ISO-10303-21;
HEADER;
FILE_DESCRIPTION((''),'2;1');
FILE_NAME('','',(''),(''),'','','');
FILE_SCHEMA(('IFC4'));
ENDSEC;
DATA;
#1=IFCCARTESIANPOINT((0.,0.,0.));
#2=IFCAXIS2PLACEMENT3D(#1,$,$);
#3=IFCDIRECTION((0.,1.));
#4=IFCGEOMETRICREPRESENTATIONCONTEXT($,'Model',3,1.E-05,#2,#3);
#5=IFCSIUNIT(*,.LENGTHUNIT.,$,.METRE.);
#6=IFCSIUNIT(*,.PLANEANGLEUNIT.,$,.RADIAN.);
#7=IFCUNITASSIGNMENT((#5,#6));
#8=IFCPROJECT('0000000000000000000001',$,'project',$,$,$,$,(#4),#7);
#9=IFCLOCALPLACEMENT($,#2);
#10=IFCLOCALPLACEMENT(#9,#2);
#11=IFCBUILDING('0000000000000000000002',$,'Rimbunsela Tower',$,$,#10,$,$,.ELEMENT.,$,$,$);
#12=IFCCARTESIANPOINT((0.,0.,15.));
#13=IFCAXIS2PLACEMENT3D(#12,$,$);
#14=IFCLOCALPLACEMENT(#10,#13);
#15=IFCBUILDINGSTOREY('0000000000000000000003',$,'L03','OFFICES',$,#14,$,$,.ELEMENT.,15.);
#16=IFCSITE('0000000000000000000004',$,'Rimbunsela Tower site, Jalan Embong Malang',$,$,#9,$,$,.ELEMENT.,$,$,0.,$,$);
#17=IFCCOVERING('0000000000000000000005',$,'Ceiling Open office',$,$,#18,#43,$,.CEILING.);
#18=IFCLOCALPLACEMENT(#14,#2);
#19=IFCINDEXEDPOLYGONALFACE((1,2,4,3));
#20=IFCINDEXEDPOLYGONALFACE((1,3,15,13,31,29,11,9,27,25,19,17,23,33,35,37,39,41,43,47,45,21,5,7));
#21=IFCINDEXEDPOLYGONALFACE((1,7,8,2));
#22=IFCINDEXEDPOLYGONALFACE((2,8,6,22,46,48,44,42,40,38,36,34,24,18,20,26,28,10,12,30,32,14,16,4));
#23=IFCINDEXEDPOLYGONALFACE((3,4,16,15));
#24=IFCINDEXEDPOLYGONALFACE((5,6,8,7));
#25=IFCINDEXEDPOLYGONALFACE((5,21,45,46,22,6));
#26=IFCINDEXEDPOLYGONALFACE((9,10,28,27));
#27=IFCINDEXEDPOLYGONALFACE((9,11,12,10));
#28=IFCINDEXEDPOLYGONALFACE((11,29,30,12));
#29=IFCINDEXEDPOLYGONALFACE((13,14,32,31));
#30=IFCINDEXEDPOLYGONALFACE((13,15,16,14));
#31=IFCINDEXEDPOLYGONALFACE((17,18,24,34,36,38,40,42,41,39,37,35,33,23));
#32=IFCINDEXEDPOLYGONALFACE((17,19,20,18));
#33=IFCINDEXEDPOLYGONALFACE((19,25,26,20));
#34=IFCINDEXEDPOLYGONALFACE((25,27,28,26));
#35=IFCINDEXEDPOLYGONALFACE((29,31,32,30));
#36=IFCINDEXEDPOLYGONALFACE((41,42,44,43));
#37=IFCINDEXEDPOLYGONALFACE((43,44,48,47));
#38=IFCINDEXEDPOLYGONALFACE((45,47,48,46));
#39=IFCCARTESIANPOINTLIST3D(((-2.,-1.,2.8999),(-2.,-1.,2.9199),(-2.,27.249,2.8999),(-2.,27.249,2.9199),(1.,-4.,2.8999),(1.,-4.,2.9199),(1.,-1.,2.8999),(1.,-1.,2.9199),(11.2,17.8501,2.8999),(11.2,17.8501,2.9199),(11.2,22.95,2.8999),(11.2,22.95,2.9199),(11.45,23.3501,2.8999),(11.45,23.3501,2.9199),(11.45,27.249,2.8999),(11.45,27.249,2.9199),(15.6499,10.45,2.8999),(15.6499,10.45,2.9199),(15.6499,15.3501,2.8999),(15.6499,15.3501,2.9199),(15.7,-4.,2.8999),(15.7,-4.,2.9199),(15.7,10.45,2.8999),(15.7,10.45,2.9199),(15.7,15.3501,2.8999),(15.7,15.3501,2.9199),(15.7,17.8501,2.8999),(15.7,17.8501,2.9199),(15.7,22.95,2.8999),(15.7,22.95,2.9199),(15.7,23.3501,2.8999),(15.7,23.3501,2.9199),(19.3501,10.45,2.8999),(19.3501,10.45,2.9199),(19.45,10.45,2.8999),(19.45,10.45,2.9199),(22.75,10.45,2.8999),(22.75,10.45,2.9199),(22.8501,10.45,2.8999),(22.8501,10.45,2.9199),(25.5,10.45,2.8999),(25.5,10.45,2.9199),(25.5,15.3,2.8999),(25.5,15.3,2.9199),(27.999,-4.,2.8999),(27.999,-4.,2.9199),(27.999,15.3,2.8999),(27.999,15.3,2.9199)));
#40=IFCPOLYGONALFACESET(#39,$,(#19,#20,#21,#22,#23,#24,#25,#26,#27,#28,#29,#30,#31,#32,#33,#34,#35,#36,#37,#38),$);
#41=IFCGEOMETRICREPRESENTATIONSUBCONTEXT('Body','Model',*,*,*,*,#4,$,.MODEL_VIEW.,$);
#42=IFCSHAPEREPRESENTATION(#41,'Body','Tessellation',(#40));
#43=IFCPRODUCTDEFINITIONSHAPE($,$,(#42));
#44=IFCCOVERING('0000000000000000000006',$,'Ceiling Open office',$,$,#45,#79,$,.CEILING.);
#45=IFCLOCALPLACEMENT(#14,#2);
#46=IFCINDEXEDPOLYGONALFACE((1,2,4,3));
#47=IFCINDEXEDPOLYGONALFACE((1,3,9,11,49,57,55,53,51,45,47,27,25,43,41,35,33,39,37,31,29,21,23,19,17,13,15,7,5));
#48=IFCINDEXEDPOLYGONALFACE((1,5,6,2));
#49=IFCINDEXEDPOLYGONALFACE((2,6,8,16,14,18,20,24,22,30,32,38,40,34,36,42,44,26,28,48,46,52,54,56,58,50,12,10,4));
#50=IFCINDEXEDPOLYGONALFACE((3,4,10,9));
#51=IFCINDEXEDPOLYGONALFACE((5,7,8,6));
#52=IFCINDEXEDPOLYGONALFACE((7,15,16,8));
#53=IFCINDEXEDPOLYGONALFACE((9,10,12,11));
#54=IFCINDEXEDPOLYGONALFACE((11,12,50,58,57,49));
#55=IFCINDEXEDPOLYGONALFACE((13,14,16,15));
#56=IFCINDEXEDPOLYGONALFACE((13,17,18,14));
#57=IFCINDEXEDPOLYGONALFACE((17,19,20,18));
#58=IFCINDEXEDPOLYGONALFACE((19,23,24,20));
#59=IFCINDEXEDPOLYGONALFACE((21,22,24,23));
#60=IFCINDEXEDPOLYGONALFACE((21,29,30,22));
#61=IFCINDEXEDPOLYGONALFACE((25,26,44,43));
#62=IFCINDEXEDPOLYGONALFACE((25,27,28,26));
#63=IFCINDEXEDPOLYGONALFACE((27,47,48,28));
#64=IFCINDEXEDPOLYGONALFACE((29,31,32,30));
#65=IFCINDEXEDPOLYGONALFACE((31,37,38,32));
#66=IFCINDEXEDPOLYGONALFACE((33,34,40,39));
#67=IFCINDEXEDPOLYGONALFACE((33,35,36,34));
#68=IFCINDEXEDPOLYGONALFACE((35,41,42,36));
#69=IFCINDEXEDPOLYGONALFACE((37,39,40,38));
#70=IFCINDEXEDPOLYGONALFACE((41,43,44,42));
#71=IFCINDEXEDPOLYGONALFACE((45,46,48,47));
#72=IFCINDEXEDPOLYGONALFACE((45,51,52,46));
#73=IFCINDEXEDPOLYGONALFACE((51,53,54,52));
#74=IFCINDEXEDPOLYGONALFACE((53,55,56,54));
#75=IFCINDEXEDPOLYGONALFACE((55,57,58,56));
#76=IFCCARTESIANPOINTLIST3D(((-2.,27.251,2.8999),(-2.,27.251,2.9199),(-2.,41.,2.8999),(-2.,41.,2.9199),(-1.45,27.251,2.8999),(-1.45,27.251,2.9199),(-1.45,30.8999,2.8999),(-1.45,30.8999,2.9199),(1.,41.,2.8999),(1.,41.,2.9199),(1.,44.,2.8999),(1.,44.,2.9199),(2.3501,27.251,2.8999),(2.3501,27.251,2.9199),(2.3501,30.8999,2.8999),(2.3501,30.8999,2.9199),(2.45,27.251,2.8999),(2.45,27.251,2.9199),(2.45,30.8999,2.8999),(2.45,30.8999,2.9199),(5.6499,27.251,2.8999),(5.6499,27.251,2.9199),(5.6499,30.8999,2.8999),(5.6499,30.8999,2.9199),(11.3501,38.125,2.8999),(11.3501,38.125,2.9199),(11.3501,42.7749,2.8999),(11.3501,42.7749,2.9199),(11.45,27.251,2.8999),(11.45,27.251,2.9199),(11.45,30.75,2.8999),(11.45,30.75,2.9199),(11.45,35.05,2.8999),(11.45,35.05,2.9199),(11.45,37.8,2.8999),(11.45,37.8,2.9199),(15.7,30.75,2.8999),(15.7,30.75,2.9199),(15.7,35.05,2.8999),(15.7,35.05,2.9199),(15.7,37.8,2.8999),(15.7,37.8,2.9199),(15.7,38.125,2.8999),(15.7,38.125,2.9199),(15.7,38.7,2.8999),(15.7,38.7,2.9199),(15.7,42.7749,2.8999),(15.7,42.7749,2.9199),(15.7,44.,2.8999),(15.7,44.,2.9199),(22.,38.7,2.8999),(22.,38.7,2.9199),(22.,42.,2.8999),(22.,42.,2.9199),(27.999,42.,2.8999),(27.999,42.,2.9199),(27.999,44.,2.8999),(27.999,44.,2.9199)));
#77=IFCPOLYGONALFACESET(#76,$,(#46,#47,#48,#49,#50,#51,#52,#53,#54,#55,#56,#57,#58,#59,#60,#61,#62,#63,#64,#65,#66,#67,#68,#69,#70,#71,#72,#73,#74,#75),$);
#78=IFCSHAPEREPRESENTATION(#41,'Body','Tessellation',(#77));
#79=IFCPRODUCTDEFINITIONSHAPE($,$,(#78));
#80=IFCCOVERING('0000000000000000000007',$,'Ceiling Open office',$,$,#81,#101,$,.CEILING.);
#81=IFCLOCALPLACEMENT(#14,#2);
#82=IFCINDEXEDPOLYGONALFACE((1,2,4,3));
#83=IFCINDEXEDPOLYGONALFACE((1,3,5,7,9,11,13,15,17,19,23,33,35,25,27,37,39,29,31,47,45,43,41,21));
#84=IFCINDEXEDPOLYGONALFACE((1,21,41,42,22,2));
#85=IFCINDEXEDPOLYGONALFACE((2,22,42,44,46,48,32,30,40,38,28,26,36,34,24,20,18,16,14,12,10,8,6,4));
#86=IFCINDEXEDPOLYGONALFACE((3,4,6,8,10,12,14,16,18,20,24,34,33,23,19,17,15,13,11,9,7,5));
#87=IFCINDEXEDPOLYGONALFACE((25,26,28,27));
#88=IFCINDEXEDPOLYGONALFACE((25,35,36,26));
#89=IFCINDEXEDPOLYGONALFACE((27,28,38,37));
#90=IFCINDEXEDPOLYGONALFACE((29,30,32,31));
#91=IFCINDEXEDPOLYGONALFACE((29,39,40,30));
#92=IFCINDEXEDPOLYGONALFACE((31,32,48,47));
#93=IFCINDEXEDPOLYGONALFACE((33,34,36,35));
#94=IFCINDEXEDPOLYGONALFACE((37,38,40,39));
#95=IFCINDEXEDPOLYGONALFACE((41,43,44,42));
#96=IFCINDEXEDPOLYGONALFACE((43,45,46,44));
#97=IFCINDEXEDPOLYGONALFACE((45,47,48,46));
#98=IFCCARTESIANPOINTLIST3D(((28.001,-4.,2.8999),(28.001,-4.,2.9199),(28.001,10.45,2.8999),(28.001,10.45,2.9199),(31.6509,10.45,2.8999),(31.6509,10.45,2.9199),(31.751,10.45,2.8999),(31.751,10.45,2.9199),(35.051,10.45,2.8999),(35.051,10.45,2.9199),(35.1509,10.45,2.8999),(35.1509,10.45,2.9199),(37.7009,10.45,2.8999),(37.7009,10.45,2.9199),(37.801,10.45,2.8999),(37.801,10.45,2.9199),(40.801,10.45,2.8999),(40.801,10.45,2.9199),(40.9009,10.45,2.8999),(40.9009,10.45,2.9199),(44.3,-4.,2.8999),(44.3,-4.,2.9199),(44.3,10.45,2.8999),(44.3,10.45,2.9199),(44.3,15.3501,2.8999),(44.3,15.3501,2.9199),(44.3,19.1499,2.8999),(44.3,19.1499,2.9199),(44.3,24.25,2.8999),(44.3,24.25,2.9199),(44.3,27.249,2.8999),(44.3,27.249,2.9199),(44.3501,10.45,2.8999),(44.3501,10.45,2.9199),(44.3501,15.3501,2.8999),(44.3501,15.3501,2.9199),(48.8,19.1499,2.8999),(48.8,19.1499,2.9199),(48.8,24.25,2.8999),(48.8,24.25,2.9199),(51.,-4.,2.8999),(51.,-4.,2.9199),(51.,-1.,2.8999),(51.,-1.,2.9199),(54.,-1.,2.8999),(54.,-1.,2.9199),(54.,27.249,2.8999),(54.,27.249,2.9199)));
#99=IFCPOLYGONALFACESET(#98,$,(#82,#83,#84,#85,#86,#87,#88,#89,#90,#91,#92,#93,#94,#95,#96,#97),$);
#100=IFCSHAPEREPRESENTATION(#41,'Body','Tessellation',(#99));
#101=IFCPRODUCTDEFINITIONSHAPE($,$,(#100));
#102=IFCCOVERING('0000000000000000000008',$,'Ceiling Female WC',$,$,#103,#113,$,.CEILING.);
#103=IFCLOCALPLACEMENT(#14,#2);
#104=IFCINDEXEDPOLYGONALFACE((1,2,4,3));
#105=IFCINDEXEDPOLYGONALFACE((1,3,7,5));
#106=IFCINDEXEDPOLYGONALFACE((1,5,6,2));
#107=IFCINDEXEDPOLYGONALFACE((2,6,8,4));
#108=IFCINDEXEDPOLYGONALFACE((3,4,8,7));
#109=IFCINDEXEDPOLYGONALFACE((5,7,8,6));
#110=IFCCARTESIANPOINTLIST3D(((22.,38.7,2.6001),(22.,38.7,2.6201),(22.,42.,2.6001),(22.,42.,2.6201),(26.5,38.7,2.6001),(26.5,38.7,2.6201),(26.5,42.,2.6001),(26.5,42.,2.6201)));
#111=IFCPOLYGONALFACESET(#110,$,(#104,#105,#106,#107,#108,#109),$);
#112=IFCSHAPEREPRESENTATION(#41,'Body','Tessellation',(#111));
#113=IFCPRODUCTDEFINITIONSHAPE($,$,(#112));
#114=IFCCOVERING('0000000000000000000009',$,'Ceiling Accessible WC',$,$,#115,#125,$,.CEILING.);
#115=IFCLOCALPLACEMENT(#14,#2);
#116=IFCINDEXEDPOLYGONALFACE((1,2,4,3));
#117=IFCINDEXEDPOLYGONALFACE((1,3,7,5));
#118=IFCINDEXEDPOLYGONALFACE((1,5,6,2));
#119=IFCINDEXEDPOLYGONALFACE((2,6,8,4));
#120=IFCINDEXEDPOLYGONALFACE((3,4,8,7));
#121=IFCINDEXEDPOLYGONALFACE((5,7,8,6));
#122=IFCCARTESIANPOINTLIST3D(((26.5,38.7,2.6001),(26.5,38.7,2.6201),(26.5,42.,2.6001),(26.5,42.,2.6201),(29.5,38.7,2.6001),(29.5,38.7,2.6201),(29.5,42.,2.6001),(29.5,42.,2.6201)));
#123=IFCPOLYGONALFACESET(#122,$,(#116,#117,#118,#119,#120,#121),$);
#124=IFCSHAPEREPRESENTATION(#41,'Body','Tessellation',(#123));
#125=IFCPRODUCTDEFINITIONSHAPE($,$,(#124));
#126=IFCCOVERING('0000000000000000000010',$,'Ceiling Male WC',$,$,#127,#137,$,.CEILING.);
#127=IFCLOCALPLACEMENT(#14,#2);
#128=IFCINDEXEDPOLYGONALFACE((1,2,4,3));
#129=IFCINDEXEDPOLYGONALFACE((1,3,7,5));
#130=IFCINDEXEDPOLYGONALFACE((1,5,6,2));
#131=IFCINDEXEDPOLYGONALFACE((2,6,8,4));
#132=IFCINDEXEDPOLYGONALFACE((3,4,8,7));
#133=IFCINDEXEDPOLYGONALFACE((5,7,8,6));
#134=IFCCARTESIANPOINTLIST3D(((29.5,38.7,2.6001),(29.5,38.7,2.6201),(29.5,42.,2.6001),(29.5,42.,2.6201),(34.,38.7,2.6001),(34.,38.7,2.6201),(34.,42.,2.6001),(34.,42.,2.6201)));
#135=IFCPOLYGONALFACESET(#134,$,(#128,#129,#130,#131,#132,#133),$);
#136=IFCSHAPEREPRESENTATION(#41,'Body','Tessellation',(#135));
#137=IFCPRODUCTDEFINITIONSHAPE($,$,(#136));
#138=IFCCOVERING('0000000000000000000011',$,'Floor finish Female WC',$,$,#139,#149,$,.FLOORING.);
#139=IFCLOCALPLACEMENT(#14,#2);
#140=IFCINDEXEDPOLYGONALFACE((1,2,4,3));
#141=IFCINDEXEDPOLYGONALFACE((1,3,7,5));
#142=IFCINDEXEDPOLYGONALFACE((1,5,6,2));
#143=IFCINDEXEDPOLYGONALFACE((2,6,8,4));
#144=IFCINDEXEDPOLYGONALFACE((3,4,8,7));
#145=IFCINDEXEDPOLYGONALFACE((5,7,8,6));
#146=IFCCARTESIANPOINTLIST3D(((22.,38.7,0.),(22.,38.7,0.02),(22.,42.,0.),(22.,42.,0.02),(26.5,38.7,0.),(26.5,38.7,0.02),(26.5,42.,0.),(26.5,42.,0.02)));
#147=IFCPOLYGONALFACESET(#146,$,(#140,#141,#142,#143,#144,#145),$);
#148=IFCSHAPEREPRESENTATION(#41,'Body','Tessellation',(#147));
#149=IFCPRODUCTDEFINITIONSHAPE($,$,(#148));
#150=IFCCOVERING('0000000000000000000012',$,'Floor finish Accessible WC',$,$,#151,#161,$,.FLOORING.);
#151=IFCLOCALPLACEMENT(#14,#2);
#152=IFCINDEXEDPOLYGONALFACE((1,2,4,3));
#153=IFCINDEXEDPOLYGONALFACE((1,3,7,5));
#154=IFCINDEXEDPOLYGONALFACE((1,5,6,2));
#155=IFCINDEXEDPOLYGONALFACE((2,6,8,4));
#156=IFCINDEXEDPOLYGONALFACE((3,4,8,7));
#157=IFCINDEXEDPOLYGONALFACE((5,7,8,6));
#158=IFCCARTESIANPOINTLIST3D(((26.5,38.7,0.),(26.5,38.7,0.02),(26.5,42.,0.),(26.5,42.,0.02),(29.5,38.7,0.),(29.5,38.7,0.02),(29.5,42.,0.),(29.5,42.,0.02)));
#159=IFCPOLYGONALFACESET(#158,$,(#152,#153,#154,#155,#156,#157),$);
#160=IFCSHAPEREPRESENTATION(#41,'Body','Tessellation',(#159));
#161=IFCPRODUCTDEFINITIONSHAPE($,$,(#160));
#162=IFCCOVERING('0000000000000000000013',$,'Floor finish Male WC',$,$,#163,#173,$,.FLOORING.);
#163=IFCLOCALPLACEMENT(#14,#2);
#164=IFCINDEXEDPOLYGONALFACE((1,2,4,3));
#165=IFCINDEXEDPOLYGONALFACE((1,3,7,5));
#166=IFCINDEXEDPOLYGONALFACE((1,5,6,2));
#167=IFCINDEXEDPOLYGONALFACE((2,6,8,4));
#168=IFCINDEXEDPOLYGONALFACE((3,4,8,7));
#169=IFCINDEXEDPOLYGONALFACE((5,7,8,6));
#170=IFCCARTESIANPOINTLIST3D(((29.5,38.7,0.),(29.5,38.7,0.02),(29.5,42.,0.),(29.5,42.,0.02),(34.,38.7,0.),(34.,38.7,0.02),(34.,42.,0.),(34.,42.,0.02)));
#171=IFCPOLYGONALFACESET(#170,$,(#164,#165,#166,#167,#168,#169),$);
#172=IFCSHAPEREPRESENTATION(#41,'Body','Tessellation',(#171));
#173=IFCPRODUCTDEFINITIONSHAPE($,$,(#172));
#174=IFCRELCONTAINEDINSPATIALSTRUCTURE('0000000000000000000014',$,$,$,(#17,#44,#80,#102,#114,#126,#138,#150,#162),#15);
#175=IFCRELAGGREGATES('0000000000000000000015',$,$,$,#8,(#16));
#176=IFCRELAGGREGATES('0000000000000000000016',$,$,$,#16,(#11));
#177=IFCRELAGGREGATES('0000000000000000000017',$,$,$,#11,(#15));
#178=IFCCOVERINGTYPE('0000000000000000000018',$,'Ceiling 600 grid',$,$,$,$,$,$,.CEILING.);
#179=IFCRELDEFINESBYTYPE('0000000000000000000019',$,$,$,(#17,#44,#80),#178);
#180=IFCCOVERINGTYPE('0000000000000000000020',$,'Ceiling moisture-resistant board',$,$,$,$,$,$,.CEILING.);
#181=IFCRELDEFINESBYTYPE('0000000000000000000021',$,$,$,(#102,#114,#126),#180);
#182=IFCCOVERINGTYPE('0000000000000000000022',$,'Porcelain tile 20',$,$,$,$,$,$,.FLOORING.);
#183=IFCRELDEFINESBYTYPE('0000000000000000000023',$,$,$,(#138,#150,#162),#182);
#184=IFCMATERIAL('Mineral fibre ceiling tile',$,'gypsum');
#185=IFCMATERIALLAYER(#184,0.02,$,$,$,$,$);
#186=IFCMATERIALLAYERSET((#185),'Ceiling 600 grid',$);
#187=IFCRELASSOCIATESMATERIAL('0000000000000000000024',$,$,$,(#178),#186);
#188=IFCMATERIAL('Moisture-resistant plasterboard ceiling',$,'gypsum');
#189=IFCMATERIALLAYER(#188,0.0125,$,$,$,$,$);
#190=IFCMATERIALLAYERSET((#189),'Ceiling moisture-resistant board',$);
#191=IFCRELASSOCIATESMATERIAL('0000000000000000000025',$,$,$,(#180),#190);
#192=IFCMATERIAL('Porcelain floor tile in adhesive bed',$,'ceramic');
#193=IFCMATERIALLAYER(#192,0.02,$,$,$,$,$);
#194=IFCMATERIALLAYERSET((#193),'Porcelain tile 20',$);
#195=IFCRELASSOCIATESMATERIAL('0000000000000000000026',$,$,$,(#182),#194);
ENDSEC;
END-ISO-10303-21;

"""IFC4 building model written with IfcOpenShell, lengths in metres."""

from ifc_helpers import new_model, si_unit, direction, frame, origin, place, context, subcontext, project, spatial, polyline, outline, extrude, material, layer, layer_set, type_object, element, save


model = new_model("IFC4")

# Units and contexts
model_context = context("Model", 3, precision=1e-05, world=origin(), true_north=direction((0.0, 1.0)))
body_context = subcontext(model_context, "Body", "Model", "MODEL_VIEW")
ifc_project = project(units=[si_unit("LENGTHUNIT", "METRE"), si_unit("PLANEANGLEUNIT", "RADIAN")], contexts=[model_context])

# Site, building, storey
site_placement = place(None, origin())
site = spatial("IfcSite", under=ifc_project, at=site_placement, Name="Rimbunsela Tower site, Jalan Embong Malang", CompositionType="ELEMENT", RefElevation=0.0)
building_placement = place(site_placement, origin())
building = spatial("IfcBuilding", under=site, at=building_placement, Name="Rimbunsela Tower", CompositionType="ELEMENT")
storey_placement = place(building_placement, frame((0.0, 0.0, 15.0)))
storey = spatial("IfcBuildingStorey", under=building, at=storey_placement, Name="L03", Description="OFFICES", CompositionType="ELEMENT", Elevation=15.0)

# Coverings
ifc_material_1 = material(Name="Mineral fibre ceiling tile", Category="gypsum")
ifc_layer_1 = layer(ifc_material_1, 0.02)
ifc_layer_set_1 = layer_set([ifc_layer_1], Name="Ceiling 600 grid")
covering_type_1 = type_object("IfcCoveringType", Name="Ceiling 600 grid", PredefinedType="CEILING", material=ifc_layer_set_1)
covering_1_placement = place(storey_placement, frame((0.0, 0.0, 2.8999)))
element("IfcCovering", 1, at=covering_1_placement, inside=storey, type_object=covering_type_1, Name="Ceiling Open office", PredefinedType="CEILING", context=body_context, shape_type="SweptSolid", body=[
    extrude(outline(polyline([(19.45, 10.45), (22.75, 10.45), (22.8501, 10.45), (25.5, 10.45), (25.5, 15.3), (27.999, 15.3), (27.999, -4.0), (15.7, -4.0), (1.0, -4.0), (1.0, -1.0), (-2.0, -1.0), (-2.0, 27.249), (11.45, 27.249), (11.45, 23.3501), (15.7, 23.3501), (15.7, 22.95), (11.2, 22.95), (11.2, 17.8501), (15.7, 17.8501), (15.7, 15.3501), (15.6499, 15.3501), (15.6499, 10.45), (15.7, 10.45), (19.3501, 10.45), (19.45, 10.45)])), origin(), (0.0, 0.0, 1.0), 0.02),
])
covering_2_placement = place(storey_placement, frame((0.0, 0.0, 2.8999)))
element("IfcCovering", 2, at=covering_2_placement, inside=storey, type_object=covering_type_1, Name="Ceiling Open office", PredefinedType="CEILING", context=body_context, shape_type="SweptSolid", body=[
    extrude(outline(polyline([(15.7, 42.7749), (11.3501, 42.7749), (11.3501, 38.125), (15.7, 38.125), (15.7, 37.8), (11.45, 37.8), (11.45, 35.05), (15.7, 35.05), (15.7, 30.75), (11.45, 30.75), (11.45, 27.251), (5.6499, 27.251), (5.6499, 30.8999), (2.45, 30.8999), (2.45, 27.251), (2.3501, 27.251), (2.3501, 30.8999), (-1.45, 30.8999), (-1.45, 27.251), (-2.0, 27.251), (-2.0, 41.0), (1.0, 41.0), (1.0, 44.0), (15.7, 44.0), (27.999, 44.0), (27.999, 42.0), (22.0, 42.0), (22.0, 38.7), (15.7, 38.7), (15.7, 42.7749)])), origin(), (0.0, 0.0, 1.0), 0.02),
])
covering_3_placement = place(storey_placement, frame((0.0, 0.0, 2.8999)))
element("IfcCovering", 3, at=covering_3_placement, inside=storey, type_object=covering_type_1, Name="Ceiling Open office", PredefinedType="CEILING", context=body_context, shape_type="SweptSolid", body=[
    extrude(outline(polyline([(28.001, 10.45), (31.6509, 10.45), (31.751, 10.45), (35.051, 10.45), (35.1509, 10.45), (37.7009, 10.45), (37.801, 10.45), (40.801, 10.45), (40.9009, 10.45), (44.3, 10.45), (44.3501, 10.45), (44.3501, 15.3501), (44.3, 15.3501), (44.3, 19.1499), (48.8, 19.1499), (48.8, 24.25), (44.3, 24.25), (44.3, 27.249), (54.0, 27.249), (54.0, -1.0), (51.0, -1.0), (51.0, -4.0), (44.3, -4.0), (28.001, -4.0), (28.001, 10.45)])), origin(), (0.0, 0.0, 1.0), 0.02),
])
ifc_material_2 = material(Name="Moisture-resistant plasterboard ceiling", Category="gypsum")
ifc_layer_2 = layer(ifc_material_2, 0.0125)
ifc_layer_set_2 = layer_set([ifc_layer_2], Name="Ceiling moisture-resistant board")
covering_type_2 = type_object("IfcCoveringType", Name="Ceiling moisture-resistant board", PredefinedType="CEILING", material=ifc_layer_set_2)
covering_4_placement = place(storey_placement, frame((0.0, 0.0, 2.6001)))
element("IfcCovering", 4, at=covering_4_placement, inside=storey, type_object=covering_type_2, Name="Ceiling Female WC", PredefinedType="CEILING", context=body_context, shape_type="SweptSolid", body=[
    extrude(outline(polyline([(26.5, 38.7), (26.5, 42.0), (22.0, 42.0), (22.0, 38.7), (26.5, 38.7)])), origin(), (0.0, 0.0, 1.0), 0.02),
])
covering_5_placement = place(storey_placement, frame((0.0, 0.0, 2.6001)))
element("IfcCovering", 5, at=covering_5_placement, inside=storey, type_object=covering_type_2, Name="Ceiling Accessible WC", PredefinedType="CEILING", context=body_context, shape_type="SweptSolid", body=[
    extrude(outline(polyline([(29.5, 38.7), (29.5, 42.0), (26.5, 42.0), (26.5, 38.7), (29.5, 38.7)])), origin(), (0.0, 0.0, 1.0), 0.02),
])
covering_6_placement = place(storey_placement, frame((0.0, 0.0, 2.6001)))
element("IfcCovering", 6, at=covering_6_placement, inside=storey, type_object=covering_type_2, Name="Ceiling Male WC", PredefinedType="CEILING", context=body_context, shape_type="SweptSolid", body=[
    extrude(outline(polyline([(34.0, 38.7), (34.0, 42.0), (29.5, 42.0), (29.5, 38.7), (34.0, 38.7)])), origin(), (0.0, 0.0, 1.0), 0.02),
])
ifc_material_3 = material(Name="Porcelain floor tile in adhesive bed", Category="ceramic")
ifc_layer_3 = layer(ifc_material_3, 0.02)
ifc_layer_set_3 = layer_set([ifc_layer_3], Name="Porcelain tile 20")
covering_type_3 = type_object("IfcCoveringType", Name="Porcelain tile 20", PredefinedType="FLOORING", material=ifc_layer_set_3)
covering_7_placement = place(storey_placement, origin())
element("IfcCovering", 7, at=covering_7_placement, inside=storey, type_object=covering_type_3, Name="Floor finish Female WC", PredefinedType="FLOORING", context=body_context, shape_type="SweptSolid", body=[
    extrude(outline(polyline([(26.5, 38.7), (26.5, 42.0), (22.0, 42.0), (22.0, 38.7), (26.5, 38.7)])), origin(), (0.0, 0.0, 1.0), 0.02),
])
covering_8_placement = place(storey_placement, origin())
element("IfcCovering", 8, at=covering_8_placement, inside=storey, type_object=covering_type_3, Name="Floor finish Accessible WC", PredefinedType="FLOORING", context=body_context, shape_type="SweptSolid", body=[
    extrude(outline(polyline([(29.5, 38.7), (29.5, 42.0), (26.5, 42.0), (26.5, 38.7), (29.5, 38.7)])), origin(), (0.0, 0.0, 1.0), 0.02),
])
covering_9_placement = place(storey_placement, origin())
element("IfcCovering", 9, at=covering_9_placement, inside=storey, type_object=covering_type_3, Name="Floor finish Male WC", PredefinedType="FLOORING", context=body_context, shape_type="SweptSolid", body=[
    extrude(outline(polyline([(34.0, 38.7), (34.0, 42.0), (29.5, 42.0), (29.5, 38.7), (34.0, 38.7)])), origin(), (0.0, 0.0, 1.0), 0.02),
])

save(model, "model.ifc")
